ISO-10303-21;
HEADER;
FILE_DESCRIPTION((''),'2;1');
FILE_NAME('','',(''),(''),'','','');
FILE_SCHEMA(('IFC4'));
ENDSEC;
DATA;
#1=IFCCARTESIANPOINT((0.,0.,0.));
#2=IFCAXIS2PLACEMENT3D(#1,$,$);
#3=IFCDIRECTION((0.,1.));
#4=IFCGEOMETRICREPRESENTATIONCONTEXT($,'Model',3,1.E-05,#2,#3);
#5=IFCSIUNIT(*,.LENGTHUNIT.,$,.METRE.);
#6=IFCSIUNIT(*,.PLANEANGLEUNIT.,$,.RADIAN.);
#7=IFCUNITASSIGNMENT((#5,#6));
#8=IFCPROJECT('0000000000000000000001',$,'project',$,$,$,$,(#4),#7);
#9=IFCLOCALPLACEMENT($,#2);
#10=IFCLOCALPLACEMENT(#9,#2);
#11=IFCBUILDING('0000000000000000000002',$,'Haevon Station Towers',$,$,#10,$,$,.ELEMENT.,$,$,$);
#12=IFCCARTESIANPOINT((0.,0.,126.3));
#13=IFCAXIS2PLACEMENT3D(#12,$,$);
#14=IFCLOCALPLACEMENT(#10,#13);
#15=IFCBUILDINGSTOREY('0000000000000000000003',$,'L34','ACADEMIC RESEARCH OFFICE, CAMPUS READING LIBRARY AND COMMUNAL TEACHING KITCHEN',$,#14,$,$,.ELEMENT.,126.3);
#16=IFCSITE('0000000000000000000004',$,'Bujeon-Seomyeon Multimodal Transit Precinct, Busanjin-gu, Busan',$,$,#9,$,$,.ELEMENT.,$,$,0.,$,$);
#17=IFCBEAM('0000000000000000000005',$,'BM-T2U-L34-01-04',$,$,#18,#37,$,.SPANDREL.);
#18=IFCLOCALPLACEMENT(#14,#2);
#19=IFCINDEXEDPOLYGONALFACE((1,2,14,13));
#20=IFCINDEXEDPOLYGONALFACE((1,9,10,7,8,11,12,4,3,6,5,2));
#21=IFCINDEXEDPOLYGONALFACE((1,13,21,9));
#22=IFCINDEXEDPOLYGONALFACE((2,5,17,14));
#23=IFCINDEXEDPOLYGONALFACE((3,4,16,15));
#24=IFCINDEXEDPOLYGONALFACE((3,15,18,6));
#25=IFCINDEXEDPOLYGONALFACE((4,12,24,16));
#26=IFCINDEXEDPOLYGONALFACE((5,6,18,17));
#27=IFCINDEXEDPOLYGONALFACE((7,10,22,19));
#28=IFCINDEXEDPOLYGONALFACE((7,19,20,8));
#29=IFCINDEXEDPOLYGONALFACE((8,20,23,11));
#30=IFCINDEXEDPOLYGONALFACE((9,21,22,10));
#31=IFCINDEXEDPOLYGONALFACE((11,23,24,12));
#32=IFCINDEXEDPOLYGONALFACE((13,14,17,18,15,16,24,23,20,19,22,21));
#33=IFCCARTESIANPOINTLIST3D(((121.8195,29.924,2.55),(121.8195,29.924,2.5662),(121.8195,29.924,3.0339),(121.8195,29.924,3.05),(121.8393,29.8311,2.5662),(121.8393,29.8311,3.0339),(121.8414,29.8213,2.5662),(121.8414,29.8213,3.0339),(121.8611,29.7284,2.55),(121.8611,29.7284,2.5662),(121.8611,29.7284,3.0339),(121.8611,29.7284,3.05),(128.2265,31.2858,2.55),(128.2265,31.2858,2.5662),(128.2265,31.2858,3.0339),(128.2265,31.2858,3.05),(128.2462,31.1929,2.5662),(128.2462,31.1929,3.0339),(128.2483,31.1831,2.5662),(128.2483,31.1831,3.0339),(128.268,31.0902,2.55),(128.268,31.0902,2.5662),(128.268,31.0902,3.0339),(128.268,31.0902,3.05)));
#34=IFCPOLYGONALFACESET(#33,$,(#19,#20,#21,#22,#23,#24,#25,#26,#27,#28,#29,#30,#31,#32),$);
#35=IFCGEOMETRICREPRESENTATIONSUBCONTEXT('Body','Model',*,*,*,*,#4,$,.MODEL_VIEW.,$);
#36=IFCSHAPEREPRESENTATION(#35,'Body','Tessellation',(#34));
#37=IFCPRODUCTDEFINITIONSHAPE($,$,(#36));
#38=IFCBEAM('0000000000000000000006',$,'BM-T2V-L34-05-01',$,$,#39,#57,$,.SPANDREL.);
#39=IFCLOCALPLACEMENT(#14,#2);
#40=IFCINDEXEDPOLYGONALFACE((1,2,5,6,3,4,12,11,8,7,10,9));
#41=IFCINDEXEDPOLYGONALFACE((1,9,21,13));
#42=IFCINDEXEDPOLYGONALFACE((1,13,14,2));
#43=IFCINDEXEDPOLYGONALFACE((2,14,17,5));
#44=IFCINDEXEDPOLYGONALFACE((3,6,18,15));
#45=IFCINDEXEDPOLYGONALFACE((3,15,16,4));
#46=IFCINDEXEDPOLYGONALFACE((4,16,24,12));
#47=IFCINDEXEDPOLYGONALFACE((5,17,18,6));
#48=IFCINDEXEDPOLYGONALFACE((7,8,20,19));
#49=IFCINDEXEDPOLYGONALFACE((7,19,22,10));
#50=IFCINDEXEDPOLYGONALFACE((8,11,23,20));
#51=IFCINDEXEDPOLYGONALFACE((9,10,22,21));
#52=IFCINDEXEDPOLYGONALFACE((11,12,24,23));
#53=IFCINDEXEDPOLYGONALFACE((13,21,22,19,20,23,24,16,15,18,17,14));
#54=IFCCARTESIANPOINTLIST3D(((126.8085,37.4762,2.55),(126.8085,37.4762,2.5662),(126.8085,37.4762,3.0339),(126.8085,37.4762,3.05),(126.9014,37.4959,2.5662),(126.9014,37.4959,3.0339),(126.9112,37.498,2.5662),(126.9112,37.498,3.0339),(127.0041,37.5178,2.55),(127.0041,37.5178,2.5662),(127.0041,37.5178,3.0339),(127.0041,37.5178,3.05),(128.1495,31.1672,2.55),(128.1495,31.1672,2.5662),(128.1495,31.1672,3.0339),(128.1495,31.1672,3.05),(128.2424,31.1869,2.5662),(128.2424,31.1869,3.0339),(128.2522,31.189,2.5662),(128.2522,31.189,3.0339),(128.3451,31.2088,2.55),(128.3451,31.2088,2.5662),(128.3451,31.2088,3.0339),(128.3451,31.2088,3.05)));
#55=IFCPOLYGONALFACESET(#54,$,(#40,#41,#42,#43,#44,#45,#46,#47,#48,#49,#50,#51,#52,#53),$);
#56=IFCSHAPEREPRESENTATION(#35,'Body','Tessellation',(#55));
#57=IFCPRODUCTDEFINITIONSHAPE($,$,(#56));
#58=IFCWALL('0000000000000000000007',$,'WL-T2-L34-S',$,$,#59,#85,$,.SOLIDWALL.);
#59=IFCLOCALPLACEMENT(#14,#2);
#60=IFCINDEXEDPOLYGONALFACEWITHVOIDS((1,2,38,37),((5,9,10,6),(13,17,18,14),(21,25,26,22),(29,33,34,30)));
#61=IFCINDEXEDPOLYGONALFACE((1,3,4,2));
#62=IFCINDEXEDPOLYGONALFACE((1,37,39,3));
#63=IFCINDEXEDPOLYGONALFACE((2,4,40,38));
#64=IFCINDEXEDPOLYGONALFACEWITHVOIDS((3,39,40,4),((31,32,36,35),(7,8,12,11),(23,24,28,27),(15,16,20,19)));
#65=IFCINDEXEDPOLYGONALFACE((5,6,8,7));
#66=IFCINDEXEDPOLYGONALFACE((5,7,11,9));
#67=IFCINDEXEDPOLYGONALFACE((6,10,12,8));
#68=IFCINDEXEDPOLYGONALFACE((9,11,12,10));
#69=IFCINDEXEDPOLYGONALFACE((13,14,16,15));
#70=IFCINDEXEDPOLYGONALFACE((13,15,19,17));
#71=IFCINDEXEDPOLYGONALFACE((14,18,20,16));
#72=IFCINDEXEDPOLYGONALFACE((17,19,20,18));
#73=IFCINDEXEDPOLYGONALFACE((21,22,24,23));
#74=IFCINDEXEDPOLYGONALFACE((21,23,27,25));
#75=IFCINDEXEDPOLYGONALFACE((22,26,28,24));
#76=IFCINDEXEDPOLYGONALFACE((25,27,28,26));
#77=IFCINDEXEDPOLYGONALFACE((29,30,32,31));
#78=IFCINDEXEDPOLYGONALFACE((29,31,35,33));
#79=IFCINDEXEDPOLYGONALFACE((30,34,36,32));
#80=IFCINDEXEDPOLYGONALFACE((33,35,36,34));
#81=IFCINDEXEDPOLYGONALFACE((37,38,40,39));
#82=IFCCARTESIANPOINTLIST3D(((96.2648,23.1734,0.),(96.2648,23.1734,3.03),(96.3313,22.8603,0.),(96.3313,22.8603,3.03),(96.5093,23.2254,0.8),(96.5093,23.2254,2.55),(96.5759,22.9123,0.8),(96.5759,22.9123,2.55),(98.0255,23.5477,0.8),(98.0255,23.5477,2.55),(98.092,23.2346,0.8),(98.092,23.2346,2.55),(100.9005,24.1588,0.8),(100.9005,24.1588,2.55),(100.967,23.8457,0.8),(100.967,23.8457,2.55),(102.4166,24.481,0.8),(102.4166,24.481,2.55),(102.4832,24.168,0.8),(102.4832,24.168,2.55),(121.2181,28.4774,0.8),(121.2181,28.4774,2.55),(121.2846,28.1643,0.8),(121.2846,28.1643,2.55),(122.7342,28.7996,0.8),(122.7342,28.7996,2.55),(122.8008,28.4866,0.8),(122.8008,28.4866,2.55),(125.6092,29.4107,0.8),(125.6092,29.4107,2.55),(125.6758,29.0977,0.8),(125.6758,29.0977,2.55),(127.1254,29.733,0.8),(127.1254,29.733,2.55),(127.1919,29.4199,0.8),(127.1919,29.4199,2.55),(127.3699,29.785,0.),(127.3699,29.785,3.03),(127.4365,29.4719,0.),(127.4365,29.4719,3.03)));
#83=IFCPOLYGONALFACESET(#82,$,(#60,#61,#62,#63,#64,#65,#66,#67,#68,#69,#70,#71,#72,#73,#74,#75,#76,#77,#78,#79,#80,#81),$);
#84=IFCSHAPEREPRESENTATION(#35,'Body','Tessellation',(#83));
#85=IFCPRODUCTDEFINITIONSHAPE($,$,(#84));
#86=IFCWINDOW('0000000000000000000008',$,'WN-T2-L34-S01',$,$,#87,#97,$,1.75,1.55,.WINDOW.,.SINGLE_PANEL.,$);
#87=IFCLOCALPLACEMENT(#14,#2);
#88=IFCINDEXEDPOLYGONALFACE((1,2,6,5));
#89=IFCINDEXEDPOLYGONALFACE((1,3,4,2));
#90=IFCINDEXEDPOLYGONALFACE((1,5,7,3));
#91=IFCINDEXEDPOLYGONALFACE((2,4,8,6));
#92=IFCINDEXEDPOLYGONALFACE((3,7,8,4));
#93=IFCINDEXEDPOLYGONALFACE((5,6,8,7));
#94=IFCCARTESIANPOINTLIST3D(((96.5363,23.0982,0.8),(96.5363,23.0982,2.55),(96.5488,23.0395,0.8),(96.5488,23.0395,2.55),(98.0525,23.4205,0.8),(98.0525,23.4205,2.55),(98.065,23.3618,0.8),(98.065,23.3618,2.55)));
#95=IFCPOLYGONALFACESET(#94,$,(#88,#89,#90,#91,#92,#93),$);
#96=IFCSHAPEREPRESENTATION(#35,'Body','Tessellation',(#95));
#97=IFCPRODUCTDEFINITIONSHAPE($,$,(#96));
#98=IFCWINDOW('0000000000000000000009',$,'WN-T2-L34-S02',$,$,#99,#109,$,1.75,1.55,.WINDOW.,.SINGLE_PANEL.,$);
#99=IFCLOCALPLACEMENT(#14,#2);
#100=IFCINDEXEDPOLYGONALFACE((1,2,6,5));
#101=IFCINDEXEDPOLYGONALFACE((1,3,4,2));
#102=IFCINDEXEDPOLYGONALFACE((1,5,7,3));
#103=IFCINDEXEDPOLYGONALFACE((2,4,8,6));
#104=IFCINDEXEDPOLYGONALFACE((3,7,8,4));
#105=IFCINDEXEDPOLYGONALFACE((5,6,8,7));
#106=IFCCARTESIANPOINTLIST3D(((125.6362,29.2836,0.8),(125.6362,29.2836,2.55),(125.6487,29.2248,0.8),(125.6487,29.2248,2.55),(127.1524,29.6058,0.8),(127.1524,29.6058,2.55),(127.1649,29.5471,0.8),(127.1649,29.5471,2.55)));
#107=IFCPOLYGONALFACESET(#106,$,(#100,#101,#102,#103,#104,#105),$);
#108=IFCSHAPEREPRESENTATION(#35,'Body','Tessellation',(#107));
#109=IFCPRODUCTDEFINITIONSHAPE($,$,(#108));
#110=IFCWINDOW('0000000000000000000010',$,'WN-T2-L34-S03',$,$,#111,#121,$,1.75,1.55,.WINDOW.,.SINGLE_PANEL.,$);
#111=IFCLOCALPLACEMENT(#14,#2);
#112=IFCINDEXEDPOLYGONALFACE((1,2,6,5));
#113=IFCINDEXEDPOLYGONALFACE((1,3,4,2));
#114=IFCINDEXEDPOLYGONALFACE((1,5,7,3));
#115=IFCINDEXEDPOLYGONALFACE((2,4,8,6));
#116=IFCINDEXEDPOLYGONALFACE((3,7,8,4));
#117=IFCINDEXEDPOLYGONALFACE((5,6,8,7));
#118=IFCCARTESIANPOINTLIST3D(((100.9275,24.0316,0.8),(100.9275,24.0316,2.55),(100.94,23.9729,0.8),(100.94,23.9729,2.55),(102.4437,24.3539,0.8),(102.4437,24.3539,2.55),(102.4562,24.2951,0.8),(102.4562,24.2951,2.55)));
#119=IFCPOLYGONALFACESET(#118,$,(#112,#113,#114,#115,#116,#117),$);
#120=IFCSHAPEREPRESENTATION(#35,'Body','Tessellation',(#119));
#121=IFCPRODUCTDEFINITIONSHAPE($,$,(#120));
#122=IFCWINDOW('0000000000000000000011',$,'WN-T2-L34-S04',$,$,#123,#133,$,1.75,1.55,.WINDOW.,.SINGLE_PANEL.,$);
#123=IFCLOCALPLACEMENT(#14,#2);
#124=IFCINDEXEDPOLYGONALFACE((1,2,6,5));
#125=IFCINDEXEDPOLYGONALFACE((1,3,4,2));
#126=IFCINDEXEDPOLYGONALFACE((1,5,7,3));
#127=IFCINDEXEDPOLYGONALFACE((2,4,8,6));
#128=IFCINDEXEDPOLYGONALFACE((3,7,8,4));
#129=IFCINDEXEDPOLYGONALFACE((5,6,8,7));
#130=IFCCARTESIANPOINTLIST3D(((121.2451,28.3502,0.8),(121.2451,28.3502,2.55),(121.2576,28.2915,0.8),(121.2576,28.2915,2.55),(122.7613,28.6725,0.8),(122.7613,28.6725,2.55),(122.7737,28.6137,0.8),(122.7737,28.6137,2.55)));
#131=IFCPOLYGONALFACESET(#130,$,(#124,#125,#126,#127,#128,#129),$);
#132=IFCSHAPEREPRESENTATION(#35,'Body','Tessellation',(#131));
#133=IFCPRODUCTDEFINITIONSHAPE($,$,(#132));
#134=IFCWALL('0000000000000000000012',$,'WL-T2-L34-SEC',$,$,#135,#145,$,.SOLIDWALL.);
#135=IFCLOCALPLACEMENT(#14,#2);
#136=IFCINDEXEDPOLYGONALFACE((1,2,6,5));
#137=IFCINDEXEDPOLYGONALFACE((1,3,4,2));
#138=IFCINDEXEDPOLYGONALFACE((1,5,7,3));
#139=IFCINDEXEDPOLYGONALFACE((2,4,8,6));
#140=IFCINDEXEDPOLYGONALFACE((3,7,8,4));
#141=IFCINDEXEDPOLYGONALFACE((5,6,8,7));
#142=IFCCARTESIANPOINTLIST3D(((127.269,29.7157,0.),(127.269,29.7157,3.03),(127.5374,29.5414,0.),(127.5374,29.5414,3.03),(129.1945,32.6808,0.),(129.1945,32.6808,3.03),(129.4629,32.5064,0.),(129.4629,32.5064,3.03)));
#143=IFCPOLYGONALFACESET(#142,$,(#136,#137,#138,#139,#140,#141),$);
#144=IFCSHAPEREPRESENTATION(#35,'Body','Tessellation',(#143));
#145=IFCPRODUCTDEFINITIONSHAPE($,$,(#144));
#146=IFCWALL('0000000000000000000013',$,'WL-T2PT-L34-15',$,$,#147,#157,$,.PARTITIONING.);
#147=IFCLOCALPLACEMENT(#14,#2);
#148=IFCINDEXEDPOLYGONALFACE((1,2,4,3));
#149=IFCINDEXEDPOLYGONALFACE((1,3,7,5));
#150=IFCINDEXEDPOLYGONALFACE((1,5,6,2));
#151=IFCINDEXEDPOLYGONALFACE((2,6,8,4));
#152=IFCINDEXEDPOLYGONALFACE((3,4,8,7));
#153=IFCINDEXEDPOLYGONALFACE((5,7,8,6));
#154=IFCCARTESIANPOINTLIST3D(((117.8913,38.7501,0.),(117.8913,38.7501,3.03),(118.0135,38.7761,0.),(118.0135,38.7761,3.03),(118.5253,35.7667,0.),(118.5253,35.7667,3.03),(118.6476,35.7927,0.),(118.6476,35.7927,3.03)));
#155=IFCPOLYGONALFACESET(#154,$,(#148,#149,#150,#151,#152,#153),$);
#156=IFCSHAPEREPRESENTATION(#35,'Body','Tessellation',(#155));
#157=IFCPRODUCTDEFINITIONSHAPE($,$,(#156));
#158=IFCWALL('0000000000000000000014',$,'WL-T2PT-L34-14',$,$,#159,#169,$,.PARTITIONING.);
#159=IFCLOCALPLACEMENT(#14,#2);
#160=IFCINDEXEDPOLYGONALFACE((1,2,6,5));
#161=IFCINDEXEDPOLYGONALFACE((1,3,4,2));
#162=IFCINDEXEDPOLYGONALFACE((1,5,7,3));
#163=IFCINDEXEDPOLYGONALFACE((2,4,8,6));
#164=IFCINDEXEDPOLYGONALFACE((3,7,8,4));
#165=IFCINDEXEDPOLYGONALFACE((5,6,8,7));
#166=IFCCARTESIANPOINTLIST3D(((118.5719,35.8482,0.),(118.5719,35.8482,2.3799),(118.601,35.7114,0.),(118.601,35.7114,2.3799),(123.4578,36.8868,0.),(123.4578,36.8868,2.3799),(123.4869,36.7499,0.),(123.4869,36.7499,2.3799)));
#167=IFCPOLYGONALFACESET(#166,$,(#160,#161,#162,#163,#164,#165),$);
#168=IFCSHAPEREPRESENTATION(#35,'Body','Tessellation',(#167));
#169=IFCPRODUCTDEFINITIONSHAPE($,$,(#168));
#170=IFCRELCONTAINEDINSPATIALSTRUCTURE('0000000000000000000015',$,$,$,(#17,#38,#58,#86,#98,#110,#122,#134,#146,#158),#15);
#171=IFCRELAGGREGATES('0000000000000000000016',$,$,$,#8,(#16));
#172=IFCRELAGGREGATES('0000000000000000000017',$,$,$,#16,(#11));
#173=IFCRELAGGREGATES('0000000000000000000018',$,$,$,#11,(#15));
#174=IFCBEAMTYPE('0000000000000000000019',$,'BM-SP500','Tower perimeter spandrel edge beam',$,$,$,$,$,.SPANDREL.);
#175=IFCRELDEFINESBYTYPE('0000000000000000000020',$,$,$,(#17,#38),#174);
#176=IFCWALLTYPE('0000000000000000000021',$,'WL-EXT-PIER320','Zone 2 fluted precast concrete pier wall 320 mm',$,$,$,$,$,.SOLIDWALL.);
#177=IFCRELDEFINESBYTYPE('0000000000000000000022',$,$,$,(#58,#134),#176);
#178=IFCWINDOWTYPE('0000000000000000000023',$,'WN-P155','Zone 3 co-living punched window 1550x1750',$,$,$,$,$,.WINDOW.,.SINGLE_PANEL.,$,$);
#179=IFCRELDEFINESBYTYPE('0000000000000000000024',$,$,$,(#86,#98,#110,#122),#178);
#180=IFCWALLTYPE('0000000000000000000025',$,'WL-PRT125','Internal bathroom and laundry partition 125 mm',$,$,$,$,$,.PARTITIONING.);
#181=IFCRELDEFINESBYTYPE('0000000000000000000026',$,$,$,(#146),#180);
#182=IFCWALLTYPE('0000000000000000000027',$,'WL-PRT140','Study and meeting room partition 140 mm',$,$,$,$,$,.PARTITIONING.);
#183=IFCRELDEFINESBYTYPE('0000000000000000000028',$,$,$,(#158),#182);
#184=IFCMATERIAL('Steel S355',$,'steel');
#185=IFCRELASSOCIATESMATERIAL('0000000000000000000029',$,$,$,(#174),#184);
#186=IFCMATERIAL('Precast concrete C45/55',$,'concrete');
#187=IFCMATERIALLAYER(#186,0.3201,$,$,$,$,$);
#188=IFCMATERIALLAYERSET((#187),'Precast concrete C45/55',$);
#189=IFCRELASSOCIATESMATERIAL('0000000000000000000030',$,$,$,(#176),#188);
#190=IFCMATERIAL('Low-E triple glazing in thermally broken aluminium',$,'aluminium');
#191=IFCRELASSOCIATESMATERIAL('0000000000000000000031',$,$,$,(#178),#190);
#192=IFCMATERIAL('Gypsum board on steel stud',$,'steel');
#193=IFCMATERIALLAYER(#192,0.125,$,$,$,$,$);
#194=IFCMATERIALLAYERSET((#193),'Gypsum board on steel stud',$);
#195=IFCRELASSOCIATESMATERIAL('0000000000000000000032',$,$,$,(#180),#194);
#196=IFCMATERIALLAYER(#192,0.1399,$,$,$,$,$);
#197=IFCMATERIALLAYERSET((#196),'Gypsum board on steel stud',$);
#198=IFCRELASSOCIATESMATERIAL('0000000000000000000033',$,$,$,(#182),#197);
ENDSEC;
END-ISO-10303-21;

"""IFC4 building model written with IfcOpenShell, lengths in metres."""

from ifc_helpers import new_model, si_unit, direction, frame, frame_2d, origin, origin_2d, place, context, subcontext, project, spatial, rectangle, i_section, extrude, material, layer, layer_set, material_profile, profile_set, type_object, element, fill, save


model = new_model("IFC4")

# Units and contexts
model_context = context("Model", 3, precision=1e-05, world=origin(), true_north=direction((0.0, 1.0)))
body_context = subcontext(model_context, "Body", "Model", "MODEL_VIEW")
ifc_project = project(units=[si_unit("LENGTHUNIT", "METRE"), si_unit("PLANEANGLEUNIT", "RADIAN")], contexts=[model_context])

# Site, building, storey
site_placement = place(None, origin())
site = spatial("IfcSite", under=ifc_project, at=site_placement, Name="Bujeon-Seomyeon Multimodal Transit Precinct, Busanjin-gu, Busan", CompositionType="ELEMENT", RefElevation=0.0)
building_placement = place(site_placement, origin())
building = spatial("IfcBuilding", under=site, at=building_placement, Name="Haevon Station Towers", CompositionType="ELEMENT")
storey_placement = place(building_placement, frame((0.0, 0.0, 126.3)))
storey = spatial("IfcBuildingStorey", under=building, at=storey_placement, Name="L34", Description="ACADEMIC RESEARCH OFFICE, CAMPUS READING LIBRARY AND COMMUNAL TEACHING KITCHEN", CompositionType="ELEMENT", Elevation=126.3)

# Beams
ifc_material_1 = material(Name="Steel S355", Category="steel")
ifc_material_profile_1 = material_profile(ifc_material_1, i_section(OverallWidth=0.2, OverallDepth=0.5, WebThickness=0.01, FlangeThickness=0.0161, at=origin_2d()), Name="H-500x200x10x16")
ifc_profile_set_1 = profile_set([ifc_material_profile_1], Name="Steel S355")
beam_type_1 = type_object("IfcBeamType", Name="BM-SP500", Description="Tower perimeter spandrel edge beam", PredefinedType="SPANDREL", material=ifc_profile_set_1)
beam_1_placement = place(storey_placement, frame((121.8403, 29.8262, 2.8), z_axis=(0.978149, 0.207907, 0.0), x_axis=(-0.207907, 0.978149, 0.0)))
element("IfcBeam", 1, at=beam_1_placement, inside=storey, type_object=beam_type_1, Name="BM-T2U-L34-01-04", PredefinedType="SPANDREL", context=body_context, shape_type="SweptSolid", body=[
    extrude(i_section(OverallWidth=0.2, OverallDepth=0.5, WebThickness=0.01, FlangeThickness=0.0161, at=origin_2d()), origin(), (0.0, 0.0, 1.0), 6.55),
])
beam_2_placement = place(storey_placement, frame((128.2473, 31.188, 2.8), z_axis=(-0.207916, 0.978147, 0.0), x_axis=(-0.978147, -0.207916, 0.0)))
element("IfcBeam", 2, at=beam_2_placement, inside=storey, type_object=beam_type_1, Name="BM-T2V-L34-05-01", PredefinedType="SPANDREL", context=body_context, shape_type="SweptSolid", body=[
    extrude(i_section(OverallWidth=0.2, OverallDepth=0.5, WebThickness=0.01, FlangeThickness=0.0161, at=origin_2d()), origin(), (0.0, 0.0, 1.0), 6.45),
])

# Wall, openings, windows
ifc_material_2 = material(Name="Precast concrete C45/55", Category="concrete")
ifc_layer_1 = layer(ifc_material_2, 0.3201)
ifc_layer_set_1 = layer_set([ifc_layer_1], Name="Precast concrete C45/55")
wall_type_1 = type_object("IfcWallType", Name="WL-EXT-PIER320", Description="Zone 2 fluted precast concrete pier wall 320 mm", PredefinedType="SOLIDWALL", material=ifc_layer_set_1)
wall_1_placement = place(storey_placement, frame((127.4031, 29.6284, 0.0), z_axis=(0.0, 0.0, 1.0), x_axis=(-0.978148, -0.20791, 0.0)))
wall_1 = element("IfcWall", 3, at=wall_1_placement, inside=storey, type_object=wall_type_1, Name="WL-T2-L34-S", PredefinedType="SOLIDWALL", context=body_context, shape_type="SweptSolid", body=[
    extrude(rectangle(XDim=31.8, YDim=0.3201, at=frame_2d((15.8999, 0.0))), origin(), (0.0, 0.0, 1.0), 3.03),
])
opening_1_placement = place(wall_1_placement, frame((30.0, 0.0, 0.8)))
opening_1 = element("IfcOpeningElement", 4, at=opening_1_placement, cuts=wall_1, PredefinedType="OPENING", context=body_context, shape_type="SweptSolid", body=[
    extrude(rectangle(XDim=1.55, YDim=1.75, at=frame_2d((0.7749, 0.875))), frame((0.0, 0.1699, 0.0), z_axis=(0.0, -1.0, 0.0), x_axis=(1.0, 0.0, 0.0)), (0.0, 0.0, 1.0), 0.3401),
])
opening_2_placement = place(wall_1_placement, frame((0.25, 0.0, 0.8)))
opening_2 = element("IfcOpeningElement", 5, at=opening_2_placement, cuts=wall_1, PredefinedType="OPENING", context=body_context, shape_type="SweptSolid", body=[
    extrude(rectangle(XDim=1.55, YDim=1.75, at=frame_2d((0.7749, 0.875))), frame((0.0, 0.1699, 0.0), z_axis=(0.0, -1.0, 0.0), x_axis=(1.0, 0.0, 0.0)), (0.0, 0.0, 1.0), 0.3401),
])
opening_3_placement = place(wall_1_placement, frame((25.5107, 0.0, 0.8)))
opening_3 = element("IfcOpeningElement", 6, at=opening_3_placement, cuts=wall_1, PredefinedType="OPENING", context=body_context, shape_type="SweptSolid", body=[
    extrude(rectangle(XDim=1.55, YDim=1.75, at=frame_2d((0.7749, 0.875))), frame((0.0, 0.1699, 0.0), z_axis=(0.0, -1.0, 0.0), x_axis=(1.0, 0.0, 0.0)), (0.0, 0.0, 1.0), 0.3401),
])
opening_4_placement = place(wall_1_placement, frame((4.7393, 0.0, 0.8)))
opening_4 = element("IfcOpeningElement", 7, at=opening_4_placement, cuts=wall_1, PredefinedType="OPENING", context=body_context, shape_type="SweptSolid", body=[
    extrude(rectangle(XDim=1.55, YDim=1.75, at=frame_2d((0.7749, 0.875))), frame((0.0, 0.1699, 0.0), z_axis=(0.0, -1.0, 0.0), x_axis=(1.0, 0.0, 0.0)), (0.0, 0.0, 1.0), 0.3401),
])
ifc_material_3 = material(Name="Low-E triple glazing in thermally broken aluminium", Category="aluminium")
window_type = type_object("IfcWindowType", Name="WN-P155", Description="Zone 3 co-living punched window 1550x1750", PartitioningType="SINGLE_PANEL", PredefinedType="WINDOW", material=ifc_material_3)
window_1_placement = place(opening_1_placement, origin())
window_1 = element("IfcWindow", 8, at=window_1_placement, inside=storey, type_object=window_type, Name="WN-T2-L34-S01", OverallHeight=1.75, OverallWidth=1.55, PartitioningType="SINGLE_PANEL", PredefinedType="WINDOW", context=body_context, shape_type="SweptSolid", body=[
    extrude(rectangle(XDim=1.55, YDim=1.75, at=frame_2d((0.7749, 0.875))), frame((0.0, 0.03, 0.0), z_axis=(0.0, -1.0, 0.0), x_axis=(1.0, 0.0, 0.0)), (0.0, 0.0, 1.0), 0.0601),
])
fill(opening_1, window_1)
window_2_placement = place(opening_2_placement, origin())
window_2 = element("IfcWindow", 9, at=window_2_placement, inside=storey, type_object=window_type, Name="WN-T2-L34-S02", OverallHeight=1.75, OverallWidth=1.55, PartitioningType="SINGLE_PANEL", PredefinedType="WINDOW", context=body_context, shape_type="SweptSolid", body=[
    extrude(rectangle(XDim=1.55, YDim=1.75, at=frame_2d((0.7749, 0.875))), frame((0.0, 0.03, 0.0), z_axis=(0.0, -1.0, 0.0), x_axis=(1.0, 0.0, 0.0)), (0.0, 0.0, 1.0), 0.0601),
])
fill(opening_2, window_2)
window_3_placement = place(opening_3_placement, origin())
window_3 = element("IfcWindow", 10, at=window_3_placement, inside=storey, type_object=window_type, Name="WN-T2-L34-S03", OverallHeight=1.75, OverallWidth=1.55, PartitioningType="SINGLE_PANEL", PredefinedType="WINDOW", context=body_context, shape_type="SweptSolid", body=[
    extrude(rectangle(XDim=1.55, YDim=1.75, at=frame_2d((0.7749, 0.875))), frame((0.0, 0.03, 0.0), z_axis=(0.0, -1.0, 0.0), x_axis=(1.0, 0.0, 0.0)), (0.0, 0.0, 1.0), 0.0601),
])
fill(opening_3, window_3)
window_4_placement = place(opening_4_placement, origin())
window_4 = element("IfcWindow", 11, at=window_4_placement, inside=storey, type_object=window_type, Name="WN-T2-L34-S04", OverallHeight=1.75, OverallWidth=1.55, PartitioningType="SINGLE_PANEL", PredefinedType="WINDOW", context=body_context, shape_type="SweptSolid", body=[
    extrude(rectangle(XDim=1.55, YDim=1.75, at=frame_2d((0.7749, 0.875))), frame((0.0, 0.03, 0.0), z_axis=(0.0, -1.0, 0.0), x_axis=(1.0, 0.0, 0.0)), (0.0, 0.0, 1.0), 0.0601),
])
fill(opening_4, window_4)

# Walls
wall_2_placement = place(storey_placement, frame((129.3286, 32.5935, 0.0), z_axis=(0.0, 0.0, 1.0), x_axis=(-0.544636, -0.838672, 0.0)))
element("IfcWall", 12, at=wall_2_placement, inside=storey, type_object=wall_type_1, Name="WL-T2-L34-SEC", PredefinedType="SOLIDWALL", context=body_context, shape_type="SweptSolid", body=[
    extrude(rectangle(XDim=3.5354, YDim=0.3201, at=frame_2d((1.7676, 0.0))), origin(), (0.0, 0.0, 1.0), 3.03),
])
ifc_material_4 = material(Name="Gypsum board on steel stud", Category="steel")
ifc_layer_2 = layer(ifc_material_4, 0.125)
ifc_layer_set_2 = layer_set([ifc_layer_2], Name="Gypsum board on steel stud")
wall_type_2 = type_object("IfcWallType", Name="WL-PRT125", Description="Internal bathroom and laundry partition 125 mm", PredefinedType="PARTITIONING", material=ifc_layer_set_2)
wall_3_placement = place(storey_placement, frame((118.5864, 35.7798, 0.0), z_axis=(0.0, 0.0, 1.0), x_axis=(-0.207878, 0.978155, 0.0)))
element("IfcWall", 13, at=wall_3_placement, inside=storey, type_object=wall_type_2, Name="WL-T2PT-L34-15", PredefinedType="PARTITIONING", context=body_context, shape_type="SweptSolid", body=[
    extrude(rectangle(XDim=3.05, YDim=0.125, at=frame_2d((1.5249, 0.0))), origin(), (0.0, 0.0, 1.0), 3.03),
])
ifc_layer_3 = layer(ifc_material_4, 0.1399)
ifc_layer_set_3 = layer_set([ifc_layer_3], Name="Gypsum board on steel stud")
wall_type_3 = type_object("IfcWallType", Name="WL-PRT140", Description="Study and meeting room partition 140 mm", PredefinedType="PARTITIONING", material=ifc_layer_set_3)
wall_4_placement = place(storey_placement, frame((118.5864, 35.7798, 0.0), z_axis=(0.0, 0.0, 1.0), x_axis=(0.978147, 0.207917, 0.0)))
element("IfcWall", 14, at=wall_4_placement, inside=storey, type_object=wall_type_3, Name="WL-T2PT-L34-14", PredefinedType="PARTITIONING", context=body_context, shape_type="SweptSolid", body=[
    extrude(rectangle(XDim=4.9951, YDim=0.1399, at=frame_2d((2.4976, 0.0))), origin(), (0.0, 0.0, 1.0), 2.3799),
])

save(model, "model.ifc")
